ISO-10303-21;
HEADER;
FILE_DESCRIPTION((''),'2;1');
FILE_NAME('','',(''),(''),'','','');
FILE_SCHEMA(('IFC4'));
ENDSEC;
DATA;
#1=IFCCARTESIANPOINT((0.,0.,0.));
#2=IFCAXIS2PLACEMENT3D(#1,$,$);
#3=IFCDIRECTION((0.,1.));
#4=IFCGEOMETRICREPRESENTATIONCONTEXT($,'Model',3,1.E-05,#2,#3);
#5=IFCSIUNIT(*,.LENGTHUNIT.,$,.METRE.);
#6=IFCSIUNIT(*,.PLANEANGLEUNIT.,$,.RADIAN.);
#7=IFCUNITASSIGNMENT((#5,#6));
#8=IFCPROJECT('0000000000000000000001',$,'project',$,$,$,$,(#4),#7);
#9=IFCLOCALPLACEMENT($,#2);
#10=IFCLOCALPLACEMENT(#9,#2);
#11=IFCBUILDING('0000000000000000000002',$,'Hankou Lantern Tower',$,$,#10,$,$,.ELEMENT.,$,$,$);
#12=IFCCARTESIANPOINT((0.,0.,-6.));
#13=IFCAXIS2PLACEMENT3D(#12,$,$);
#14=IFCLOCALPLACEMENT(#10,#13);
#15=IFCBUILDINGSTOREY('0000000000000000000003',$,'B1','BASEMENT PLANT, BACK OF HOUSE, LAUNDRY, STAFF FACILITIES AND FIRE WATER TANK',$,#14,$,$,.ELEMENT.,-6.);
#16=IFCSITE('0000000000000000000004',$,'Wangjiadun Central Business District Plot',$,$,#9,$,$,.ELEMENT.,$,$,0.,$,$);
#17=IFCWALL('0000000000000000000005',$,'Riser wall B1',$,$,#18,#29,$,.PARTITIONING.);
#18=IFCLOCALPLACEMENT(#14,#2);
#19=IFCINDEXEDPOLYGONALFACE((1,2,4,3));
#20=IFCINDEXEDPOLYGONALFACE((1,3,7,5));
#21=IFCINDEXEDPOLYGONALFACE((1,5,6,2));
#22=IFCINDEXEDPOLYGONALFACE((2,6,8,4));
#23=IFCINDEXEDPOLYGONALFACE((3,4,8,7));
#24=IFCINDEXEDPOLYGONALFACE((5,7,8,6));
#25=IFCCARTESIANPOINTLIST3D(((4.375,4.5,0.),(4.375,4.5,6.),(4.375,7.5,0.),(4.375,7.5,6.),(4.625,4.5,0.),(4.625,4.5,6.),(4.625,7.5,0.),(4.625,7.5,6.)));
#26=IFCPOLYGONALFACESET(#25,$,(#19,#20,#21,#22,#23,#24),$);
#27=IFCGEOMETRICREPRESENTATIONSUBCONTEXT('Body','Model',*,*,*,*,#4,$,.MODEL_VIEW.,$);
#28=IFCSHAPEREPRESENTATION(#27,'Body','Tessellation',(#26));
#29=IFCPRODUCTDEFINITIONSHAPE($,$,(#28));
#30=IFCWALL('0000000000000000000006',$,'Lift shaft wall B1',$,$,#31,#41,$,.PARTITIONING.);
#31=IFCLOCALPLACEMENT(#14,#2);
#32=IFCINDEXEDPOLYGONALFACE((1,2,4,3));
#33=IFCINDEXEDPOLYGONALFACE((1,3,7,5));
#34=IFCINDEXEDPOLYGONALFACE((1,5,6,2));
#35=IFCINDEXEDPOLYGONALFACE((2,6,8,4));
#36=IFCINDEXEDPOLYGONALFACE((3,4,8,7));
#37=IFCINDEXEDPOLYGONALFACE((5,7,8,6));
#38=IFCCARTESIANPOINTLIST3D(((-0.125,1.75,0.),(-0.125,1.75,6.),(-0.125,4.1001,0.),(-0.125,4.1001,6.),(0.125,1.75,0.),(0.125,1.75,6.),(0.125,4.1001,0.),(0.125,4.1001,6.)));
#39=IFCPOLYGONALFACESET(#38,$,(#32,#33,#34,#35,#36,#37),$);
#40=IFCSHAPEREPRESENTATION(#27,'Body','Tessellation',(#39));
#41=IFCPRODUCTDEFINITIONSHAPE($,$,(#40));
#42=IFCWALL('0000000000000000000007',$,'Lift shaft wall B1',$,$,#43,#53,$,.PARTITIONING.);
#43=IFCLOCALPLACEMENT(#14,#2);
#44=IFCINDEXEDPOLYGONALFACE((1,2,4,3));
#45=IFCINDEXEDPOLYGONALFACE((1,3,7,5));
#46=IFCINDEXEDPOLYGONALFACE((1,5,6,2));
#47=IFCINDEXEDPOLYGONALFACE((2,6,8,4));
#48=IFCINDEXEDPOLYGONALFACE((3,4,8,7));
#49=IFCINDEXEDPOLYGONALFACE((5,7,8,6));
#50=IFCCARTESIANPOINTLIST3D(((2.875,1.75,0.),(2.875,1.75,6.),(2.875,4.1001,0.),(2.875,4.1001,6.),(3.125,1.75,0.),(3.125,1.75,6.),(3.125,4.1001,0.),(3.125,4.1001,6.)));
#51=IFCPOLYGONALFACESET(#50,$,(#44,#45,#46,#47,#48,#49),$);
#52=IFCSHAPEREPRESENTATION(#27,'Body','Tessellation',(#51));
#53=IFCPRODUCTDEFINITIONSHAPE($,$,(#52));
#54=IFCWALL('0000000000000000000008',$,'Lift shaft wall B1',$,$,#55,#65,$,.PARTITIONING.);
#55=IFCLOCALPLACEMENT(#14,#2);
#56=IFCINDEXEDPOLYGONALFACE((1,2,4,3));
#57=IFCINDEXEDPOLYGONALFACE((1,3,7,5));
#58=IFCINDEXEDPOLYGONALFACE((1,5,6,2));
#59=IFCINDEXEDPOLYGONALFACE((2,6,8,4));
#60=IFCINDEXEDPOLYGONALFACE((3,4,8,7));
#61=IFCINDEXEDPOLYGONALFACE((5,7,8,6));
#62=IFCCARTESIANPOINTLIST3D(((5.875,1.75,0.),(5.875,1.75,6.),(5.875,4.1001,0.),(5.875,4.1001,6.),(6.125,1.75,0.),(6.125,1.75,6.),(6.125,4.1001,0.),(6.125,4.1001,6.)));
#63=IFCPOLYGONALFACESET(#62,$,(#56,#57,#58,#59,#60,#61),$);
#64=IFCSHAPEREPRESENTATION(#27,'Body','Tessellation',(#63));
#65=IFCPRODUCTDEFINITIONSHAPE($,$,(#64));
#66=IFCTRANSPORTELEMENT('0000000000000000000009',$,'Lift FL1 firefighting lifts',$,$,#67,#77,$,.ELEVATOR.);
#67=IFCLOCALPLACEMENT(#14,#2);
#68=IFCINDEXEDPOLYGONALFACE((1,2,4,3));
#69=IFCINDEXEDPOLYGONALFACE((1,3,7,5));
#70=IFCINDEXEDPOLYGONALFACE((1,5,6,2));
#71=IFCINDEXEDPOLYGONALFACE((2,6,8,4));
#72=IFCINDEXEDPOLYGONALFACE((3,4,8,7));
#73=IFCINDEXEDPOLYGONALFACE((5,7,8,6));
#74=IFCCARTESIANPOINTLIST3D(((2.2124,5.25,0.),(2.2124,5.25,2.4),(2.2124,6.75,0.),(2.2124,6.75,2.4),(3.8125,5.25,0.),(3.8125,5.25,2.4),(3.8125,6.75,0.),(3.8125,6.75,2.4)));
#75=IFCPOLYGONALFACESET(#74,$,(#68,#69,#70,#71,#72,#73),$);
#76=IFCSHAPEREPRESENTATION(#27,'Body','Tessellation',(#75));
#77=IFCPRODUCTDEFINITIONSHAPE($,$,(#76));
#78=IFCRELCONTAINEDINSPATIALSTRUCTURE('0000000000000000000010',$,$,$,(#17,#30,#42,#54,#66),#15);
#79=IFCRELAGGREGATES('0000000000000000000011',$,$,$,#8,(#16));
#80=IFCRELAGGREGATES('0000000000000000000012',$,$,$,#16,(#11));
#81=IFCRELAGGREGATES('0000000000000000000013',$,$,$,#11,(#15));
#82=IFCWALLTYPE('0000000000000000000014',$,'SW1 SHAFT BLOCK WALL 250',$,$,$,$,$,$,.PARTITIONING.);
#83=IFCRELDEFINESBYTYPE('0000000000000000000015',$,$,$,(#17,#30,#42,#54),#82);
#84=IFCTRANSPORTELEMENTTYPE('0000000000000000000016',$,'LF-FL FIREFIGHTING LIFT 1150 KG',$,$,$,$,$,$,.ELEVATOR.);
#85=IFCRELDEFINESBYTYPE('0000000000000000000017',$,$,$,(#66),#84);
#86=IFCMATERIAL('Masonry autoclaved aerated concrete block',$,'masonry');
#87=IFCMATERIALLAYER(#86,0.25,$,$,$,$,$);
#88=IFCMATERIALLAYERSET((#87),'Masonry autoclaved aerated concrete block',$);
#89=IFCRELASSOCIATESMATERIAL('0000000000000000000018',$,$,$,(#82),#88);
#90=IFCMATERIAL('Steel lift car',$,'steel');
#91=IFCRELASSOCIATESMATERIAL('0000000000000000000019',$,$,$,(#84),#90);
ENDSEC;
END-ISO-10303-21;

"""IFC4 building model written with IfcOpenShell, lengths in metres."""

from ifc_helpers import new_model, si_unit, direction, frame, frame_2d, origin, origin_2d, place, context, subcontext, project, spatial, rectangle, extrude, material, layer, layer_set, type_object, element, save


model = new_model("IFC4")

# Units and contexts
model_context = context("Model", 3, precision=1e-05, world=origin(), true_north=direction((0.0, 1.0)))
body_context = subcontext(model_context, "Body", "Model", "MODEL_VIEW")
ifc_project = project(units=[si_unit("LENGTHUNIT", "METRE"), si_unit("PLANEANGLEUNIT", "RADIAN")], contexts=[model_context])

# Site, building, storey
site_placement = place(None, origin())
site = spatial("IfcSite", under=ifc_project, at=site_placement, Name="Wangjiadun Central Business District Plot", CompositionType="ELEMENT", RefElevation=0.0)
building_placement = place(site_placement, origin())
building = spatial("IfcBuilding", under=site, at=building_placement, Name="Hankou Lantern Tower", CompositionType="ELEMENT")
storey_placement = place(building_placement, frame((0.0, 0.0, -6.0)))
storey = spatial("IfcBuildingStorey", under=building, at=storey_placement, Name="B1", Description="BASEMENT PLANT, BACK OF HOUSE, LAUNDRY, STAFF FACILITIES AND FIRE WATER TANK", CompositionType="ELEMENT", Elevation=-6.0)

# Walls
ifc_material_1 = material(Name="Masonry autoclaved aerated concrete block", Category="masonry")
ifc_layer_1 = layer(ifc_material_1, 0.25)
ifc_layer_set_1 = layer_set([ifc_layer_1], Name="Masonry autoclaved aerated concrete block")
wall_type_1 = type_object("IfcWallType", Name="SW1 SHAFT BLOCK WALL 250", PredefinedType="PARTITIONING", material=ifc_layer_set_1)
wall_1_placement = place(storey_placement, frame((4.5, 4.5, 0.0), z_axis=(0.0, 0.0, 1.0), x_axis=(0.0, 1.0, 0.0)))
element("IfcWall", 1, at=wall_1_placement, inside=storey, type_object=wall_type_1, Name="Riser wall B1", PredefinedType="PARTITIONING", context=body_context, shape_type="SweptSolid", body=[
    extrude(rectangle(XDim=3.0, YDim=0.25, at=frame_2d((1.5, 0.0))), origin(), (0.0, 0.0, 1.0), 6.0),
])
for number, where, z_axis, x_axis, name in (
    (2, (0.0, 1.75, 0.0), (0.0, 0.0, 1.0), (0.0, 1.0, 0.0), "Lift shaft wall B1"),
    (3, (3.0, 1.75, 0.0), (0.0, 0.0, 1.0), (0.0, 1.0, 0.0), "Lift shaft wall B1"),
    (4, (6.0, 1.75, 0.0), (0.0, 0.0, 1.0), (0.0, 1.0, 0.0), "Lift shaft wall B1"),
):
    element("IfcWall", number, at=place(storey_placement, frame(where, z_axis=z_axis, x_axis=x_axis)), inside=storey, type_object=wall_type_1, Name=name, PredefinedType="PARTITIONING", context=body_context, shape_type="SweptSolid", body=[
        extrude(rectangle(XDim=2.3501, YDim=0.25, at=frame_2d((1.175, 0.0))), origin(), (0.0, 0.0, 1.0), 6.0),
    ])

# Transport element
ifc_material_2 = material(Name="Steel lift car", Category="steel")
transport_element_type = type_object("IfcTransportElementType", Name="LF-FL FIREFIGHTING LIFT 1150 KG", PredefinedType="ELEVATOR", material=ifc_material_2)
transport_element_placement = place(storey_placement, frame((3.0125, 6.0, 0.0), z_axis=(0.0, 0.0, 1.0), x_axis=(1.0, 0.0, 0.0)))
element("IfcTransportElement", 5, at=transport_element_placement, inside=storey, type_object=transport_element_type, Name="Lift FL1 firefighting lifts", PredefinedType="ELEVATOR", context=body_context, shape_type="SweptSolid", body=[
    extrude(rectangle(XDim=1.6001, YDim=1.5, at=origin_2d()), origin(), (0.0, 0.0, 1.0), 2.4),
])

save(model, "model.ifc")
